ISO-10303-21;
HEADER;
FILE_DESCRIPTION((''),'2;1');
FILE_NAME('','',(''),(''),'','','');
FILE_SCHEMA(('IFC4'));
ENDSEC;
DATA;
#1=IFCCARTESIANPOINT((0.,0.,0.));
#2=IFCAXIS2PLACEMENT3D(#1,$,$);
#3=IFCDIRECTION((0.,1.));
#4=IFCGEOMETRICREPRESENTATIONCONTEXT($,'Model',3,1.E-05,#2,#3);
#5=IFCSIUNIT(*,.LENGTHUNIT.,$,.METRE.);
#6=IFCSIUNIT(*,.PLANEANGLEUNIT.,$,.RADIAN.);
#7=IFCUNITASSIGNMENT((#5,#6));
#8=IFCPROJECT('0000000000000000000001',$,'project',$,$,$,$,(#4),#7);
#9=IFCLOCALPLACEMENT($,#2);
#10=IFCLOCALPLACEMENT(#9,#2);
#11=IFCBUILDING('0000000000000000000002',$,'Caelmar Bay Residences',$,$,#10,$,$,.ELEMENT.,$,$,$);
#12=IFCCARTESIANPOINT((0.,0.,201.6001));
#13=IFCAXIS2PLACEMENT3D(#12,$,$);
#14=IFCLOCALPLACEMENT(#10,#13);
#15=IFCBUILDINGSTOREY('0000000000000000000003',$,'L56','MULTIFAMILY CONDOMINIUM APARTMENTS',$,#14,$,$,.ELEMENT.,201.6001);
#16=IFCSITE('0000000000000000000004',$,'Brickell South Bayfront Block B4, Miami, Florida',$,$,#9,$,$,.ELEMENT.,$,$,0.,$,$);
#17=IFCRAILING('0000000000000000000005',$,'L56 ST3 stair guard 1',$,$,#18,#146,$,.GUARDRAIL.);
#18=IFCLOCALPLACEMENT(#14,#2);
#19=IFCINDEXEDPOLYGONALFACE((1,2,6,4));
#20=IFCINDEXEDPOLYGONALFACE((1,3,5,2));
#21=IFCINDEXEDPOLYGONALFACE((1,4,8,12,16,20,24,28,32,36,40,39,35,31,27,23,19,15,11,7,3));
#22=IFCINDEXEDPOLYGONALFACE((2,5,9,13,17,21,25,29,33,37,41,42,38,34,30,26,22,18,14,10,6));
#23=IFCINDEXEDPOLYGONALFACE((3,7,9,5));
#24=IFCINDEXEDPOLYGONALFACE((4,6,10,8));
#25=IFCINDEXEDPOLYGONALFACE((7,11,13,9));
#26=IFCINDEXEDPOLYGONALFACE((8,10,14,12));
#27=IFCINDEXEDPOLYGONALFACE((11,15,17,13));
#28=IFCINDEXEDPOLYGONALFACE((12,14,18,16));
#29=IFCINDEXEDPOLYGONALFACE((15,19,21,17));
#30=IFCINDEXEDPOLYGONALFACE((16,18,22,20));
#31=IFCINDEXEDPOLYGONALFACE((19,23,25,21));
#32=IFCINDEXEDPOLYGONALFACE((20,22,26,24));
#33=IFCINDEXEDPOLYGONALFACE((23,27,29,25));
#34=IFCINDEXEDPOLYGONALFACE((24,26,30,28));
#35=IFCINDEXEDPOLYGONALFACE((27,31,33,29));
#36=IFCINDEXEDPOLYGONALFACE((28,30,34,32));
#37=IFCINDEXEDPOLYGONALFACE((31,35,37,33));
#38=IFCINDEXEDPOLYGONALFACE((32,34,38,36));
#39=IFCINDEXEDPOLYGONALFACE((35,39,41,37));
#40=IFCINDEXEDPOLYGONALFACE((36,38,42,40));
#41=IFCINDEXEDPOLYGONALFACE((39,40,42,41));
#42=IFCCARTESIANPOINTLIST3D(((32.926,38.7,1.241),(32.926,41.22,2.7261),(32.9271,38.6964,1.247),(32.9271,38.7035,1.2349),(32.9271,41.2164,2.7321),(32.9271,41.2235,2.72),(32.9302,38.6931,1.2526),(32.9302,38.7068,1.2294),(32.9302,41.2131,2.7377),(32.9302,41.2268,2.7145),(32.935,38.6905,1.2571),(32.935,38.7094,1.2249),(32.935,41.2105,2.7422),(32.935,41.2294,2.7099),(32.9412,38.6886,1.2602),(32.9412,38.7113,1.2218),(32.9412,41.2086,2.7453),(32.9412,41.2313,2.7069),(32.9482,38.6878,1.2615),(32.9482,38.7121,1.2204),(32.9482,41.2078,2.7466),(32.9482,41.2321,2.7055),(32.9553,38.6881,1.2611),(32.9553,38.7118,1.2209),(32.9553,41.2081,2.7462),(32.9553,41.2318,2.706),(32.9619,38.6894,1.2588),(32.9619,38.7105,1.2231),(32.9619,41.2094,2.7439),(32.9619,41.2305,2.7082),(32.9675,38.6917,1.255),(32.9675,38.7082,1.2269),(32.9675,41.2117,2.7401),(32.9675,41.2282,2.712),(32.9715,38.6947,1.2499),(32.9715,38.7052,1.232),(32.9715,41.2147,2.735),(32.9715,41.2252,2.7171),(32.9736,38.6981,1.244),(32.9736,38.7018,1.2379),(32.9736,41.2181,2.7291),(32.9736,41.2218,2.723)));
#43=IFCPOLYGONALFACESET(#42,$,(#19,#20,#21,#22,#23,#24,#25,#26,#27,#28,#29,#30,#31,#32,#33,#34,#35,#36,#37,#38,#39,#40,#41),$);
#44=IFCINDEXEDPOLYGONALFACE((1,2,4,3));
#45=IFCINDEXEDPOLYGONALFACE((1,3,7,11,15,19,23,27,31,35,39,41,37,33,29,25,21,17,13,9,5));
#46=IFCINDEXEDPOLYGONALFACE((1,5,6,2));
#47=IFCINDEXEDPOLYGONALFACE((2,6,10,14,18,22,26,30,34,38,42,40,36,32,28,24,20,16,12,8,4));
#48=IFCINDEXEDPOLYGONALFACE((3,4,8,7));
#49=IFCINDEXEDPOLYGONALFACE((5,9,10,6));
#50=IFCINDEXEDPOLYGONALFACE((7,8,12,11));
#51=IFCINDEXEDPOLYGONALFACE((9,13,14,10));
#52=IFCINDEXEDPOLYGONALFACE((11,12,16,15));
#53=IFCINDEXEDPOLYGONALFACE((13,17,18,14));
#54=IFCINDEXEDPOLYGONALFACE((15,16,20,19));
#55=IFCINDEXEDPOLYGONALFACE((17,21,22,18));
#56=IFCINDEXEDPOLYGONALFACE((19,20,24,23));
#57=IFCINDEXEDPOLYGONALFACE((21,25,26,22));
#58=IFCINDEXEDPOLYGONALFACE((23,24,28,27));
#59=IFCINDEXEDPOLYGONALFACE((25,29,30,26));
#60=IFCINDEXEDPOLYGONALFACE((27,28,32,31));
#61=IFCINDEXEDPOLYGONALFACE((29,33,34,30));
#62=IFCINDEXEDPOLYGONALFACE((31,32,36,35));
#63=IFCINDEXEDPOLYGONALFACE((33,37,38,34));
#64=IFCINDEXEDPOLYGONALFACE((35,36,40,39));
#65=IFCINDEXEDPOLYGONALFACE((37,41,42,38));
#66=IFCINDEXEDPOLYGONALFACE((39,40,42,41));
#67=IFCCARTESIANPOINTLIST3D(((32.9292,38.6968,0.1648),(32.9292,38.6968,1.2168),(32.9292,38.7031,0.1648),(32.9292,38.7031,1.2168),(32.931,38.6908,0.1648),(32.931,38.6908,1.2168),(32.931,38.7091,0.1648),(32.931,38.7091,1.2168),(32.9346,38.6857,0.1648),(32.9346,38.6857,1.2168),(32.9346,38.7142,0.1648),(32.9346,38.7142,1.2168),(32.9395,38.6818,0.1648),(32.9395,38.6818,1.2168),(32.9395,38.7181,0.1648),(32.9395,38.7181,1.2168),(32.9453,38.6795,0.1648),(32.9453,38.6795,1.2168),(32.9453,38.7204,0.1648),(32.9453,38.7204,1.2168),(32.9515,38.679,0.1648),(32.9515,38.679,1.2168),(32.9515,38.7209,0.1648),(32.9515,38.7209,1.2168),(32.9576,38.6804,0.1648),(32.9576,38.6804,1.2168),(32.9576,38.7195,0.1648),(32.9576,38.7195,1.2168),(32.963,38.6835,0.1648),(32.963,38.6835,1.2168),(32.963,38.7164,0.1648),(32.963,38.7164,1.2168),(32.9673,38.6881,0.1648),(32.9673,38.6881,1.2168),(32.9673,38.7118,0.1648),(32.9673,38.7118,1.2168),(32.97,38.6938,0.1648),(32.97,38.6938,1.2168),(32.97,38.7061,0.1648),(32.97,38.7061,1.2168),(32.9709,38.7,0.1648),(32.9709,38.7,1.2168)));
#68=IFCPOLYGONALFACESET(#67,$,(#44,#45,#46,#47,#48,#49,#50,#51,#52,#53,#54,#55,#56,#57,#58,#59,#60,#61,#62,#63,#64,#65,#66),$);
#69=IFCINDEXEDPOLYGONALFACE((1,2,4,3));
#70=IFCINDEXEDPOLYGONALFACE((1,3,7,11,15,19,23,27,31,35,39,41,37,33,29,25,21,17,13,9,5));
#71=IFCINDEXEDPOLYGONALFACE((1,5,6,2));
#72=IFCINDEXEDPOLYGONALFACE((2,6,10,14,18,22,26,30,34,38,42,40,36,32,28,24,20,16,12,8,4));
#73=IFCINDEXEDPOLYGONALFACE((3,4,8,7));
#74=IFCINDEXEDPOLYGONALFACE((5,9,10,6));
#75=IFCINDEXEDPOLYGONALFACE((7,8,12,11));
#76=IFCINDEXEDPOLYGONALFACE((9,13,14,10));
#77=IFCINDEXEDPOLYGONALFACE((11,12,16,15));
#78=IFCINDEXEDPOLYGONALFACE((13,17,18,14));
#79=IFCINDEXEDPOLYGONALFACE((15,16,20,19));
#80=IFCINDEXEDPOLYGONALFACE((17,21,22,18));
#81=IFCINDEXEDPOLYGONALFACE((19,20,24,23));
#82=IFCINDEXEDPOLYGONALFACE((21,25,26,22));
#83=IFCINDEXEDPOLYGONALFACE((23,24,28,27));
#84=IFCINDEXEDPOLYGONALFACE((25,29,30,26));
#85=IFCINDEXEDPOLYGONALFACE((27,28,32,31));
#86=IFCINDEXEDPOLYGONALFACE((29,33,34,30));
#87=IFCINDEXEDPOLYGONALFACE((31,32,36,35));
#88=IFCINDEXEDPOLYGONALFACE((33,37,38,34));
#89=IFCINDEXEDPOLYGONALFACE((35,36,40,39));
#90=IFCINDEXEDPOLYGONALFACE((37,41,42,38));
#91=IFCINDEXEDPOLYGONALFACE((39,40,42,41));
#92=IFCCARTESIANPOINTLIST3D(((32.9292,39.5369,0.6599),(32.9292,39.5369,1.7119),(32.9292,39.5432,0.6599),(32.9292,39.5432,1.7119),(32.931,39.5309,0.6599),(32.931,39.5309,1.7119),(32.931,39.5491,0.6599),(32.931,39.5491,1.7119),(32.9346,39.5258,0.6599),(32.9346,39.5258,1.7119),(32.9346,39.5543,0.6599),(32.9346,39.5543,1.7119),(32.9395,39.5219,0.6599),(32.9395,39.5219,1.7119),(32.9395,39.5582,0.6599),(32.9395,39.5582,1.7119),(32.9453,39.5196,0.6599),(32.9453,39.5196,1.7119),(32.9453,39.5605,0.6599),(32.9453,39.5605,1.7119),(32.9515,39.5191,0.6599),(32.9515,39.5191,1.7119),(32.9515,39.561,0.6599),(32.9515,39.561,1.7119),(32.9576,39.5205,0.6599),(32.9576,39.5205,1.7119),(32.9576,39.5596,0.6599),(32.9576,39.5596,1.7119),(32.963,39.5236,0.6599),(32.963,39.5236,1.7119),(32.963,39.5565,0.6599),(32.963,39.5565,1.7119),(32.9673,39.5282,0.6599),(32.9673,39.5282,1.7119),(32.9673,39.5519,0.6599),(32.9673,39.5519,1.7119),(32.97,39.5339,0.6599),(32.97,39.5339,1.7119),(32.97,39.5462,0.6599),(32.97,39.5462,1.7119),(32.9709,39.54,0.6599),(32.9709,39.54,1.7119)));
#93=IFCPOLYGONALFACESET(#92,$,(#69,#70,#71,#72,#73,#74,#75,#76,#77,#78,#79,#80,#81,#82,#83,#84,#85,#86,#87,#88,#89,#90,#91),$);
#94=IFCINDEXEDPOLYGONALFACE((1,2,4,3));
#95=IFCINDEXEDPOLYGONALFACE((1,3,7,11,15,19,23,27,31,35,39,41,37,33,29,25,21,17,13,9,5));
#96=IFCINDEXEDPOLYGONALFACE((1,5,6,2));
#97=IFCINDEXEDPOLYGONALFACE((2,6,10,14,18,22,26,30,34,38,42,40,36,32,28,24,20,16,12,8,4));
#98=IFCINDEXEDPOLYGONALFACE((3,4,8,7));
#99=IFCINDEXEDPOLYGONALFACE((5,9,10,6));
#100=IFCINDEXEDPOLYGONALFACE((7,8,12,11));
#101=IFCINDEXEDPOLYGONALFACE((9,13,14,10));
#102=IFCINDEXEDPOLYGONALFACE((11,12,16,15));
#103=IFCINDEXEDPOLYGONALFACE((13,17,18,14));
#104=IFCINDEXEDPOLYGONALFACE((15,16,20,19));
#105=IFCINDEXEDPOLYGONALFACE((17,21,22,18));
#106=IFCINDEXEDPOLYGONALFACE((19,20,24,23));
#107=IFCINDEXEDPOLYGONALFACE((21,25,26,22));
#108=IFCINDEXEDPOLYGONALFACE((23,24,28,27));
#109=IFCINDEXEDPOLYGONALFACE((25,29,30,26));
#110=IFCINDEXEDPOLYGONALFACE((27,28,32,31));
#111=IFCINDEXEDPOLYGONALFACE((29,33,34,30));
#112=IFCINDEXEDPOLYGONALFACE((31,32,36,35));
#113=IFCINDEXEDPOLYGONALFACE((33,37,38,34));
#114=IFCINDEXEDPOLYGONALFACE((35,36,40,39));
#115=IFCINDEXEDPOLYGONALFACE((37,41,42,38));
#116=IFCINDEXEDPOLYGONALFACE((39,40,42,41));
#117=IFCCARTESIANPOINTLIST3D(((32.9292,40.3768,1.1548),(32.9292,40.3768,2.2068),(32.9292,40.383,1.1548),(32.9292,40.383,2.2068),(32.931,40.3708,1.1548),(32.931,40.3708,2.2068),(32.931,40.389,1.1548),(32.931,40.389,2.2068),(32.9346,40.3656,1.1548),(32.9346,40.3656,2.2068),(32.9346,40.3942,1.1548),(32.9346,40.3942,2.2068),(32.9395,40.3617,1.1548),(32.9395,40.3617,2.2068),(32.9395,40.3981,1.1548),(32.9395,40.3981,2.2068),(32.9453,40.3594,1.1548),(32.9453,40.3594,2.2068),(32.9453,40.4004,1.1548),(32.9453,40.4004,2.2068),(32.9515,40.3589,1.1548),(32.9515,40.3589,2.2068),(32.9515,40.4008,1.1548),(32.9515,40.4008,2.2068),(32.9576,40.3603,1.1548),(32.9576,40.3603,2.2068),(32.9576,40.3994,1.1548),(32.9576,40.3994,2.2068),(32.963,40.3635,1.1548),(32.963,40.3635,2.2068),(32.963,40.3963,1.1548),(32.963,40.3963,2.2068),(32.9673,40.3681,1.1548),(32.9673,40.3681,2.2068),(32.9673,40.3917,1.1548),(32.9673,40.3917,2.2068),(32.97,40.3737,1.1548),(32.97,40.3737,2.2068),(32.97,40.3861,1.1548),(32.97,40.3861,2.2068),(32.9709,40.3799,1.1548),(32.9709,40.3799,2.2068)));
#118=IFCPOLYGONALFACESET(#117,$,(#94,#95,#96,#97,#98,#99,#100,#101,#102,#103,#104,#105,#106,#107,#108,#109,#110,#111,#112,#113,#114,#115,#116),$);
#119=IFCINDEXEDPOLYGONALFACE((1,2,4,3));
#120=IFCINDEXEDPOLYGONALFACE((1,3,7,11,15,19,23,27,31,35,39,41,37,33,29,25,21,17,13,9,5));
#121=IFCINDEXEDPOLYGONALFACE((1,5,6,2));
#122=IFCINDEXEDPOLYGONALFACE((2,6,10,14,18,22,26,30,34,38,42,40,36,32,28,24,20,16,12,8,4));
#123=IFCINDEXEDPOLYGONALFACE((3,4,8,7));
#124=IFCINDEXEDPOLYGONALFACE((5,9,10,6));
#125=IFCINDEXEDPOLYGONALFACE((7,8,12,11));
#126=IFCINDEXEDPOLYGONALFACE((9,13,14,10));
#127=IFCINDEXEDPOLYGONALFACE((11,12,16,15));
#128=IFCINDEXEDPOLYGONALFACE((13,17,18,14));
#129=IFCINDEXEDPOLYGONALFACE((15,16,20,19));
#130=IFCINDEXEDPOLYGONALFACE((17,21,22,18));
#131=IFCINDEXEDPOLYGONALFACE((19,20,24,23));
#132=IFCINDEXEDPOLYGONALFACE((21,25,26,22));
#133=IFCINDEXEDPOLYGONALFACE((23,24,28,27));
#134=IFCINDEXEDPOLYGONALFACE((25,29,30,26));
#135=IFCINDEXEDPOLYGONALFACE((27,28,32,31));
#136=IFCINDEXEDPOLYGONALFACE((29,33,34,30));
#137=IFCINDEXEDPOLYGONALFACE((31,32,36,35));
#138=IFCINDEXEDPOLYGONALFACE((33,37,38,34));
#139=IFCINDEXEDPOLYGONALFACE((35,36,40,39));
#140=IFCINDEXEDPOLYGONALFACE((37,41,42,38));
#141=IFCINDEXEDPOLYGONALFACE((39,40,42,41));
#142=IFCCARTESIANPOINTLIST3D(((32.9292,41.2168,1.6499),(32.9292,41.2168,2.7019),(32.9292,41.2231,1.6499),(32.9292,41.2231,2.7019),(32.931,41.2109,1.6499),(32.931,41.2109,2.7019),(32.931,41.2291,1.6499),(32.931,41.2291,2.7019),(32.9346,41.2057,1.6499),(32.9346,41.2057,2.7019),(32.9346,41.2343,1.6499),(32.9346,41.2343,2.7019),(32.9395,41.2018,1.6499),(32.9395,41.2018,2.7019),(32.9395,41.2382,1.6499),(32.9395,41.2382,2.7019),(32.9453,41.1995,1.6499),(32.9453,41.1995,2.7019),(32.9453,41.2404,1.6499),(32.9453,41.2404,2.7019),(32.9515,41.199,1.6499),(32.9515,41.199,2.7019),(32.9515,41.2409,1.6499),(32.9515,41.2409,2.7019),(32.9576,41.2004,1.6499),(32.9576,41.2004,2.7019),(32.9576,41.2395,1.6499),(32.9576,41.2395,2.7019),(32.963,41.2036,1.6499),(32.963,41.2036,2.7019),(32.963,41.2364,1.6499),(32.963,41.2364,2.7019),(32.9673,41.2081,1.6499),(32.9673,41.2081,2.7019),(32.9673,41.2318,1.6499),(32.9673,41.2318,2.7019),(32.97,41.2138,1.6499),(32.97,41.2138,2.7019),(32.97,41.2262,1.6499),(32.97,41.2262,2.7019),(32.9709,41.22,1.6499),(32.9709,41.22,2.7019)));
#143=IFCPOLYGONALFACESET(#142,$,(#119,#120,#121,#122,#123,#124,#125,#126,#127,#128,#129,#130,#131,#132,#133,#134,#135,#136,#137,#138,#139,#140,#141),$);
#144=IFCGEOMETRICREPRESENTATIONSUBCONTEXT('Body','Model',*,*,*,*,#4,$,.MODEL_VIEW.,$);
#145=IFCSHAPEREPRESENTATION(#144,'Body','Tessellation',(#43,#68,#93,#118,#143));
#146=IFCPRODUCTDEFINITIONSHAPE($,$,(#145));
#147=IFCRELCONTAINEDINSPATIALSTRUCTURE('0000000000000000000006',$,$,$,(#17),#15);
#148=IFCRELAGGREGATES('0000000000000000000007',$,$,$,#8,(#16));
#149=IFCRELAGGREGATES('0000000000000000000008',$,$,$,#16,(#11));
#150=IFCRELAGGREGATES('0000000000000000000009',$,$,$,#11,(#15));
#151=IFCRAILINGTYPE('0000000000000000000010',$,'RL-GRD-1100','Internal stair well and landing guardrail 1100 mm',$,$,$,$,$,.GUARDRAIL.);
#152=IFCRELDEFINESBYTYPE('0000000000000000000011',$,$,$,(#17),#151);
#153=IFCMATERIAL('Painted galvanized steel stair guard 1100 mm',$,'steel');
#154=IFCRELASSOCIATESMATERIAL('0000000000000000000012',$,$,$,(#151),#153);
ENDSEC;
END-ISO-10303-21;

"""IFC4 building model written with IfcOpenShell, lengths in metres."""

from ifc_helpers import new_model, si_unit, direction, frame, origin, origin_2d, place, context, subcontext, project, spatial, circle, extrude, material, type_object, element, save


model = new_model("IFC4")

# Units and contexts
model_context = context("Model", 3, precision=1e-05, world=origin(), true_north=direction((0.0, 1.0)))
body_context = subcontext(model_context, "Body", "Model", "MODEL_VIEW")
ifc_project = project(units=[si_unit("LENGTHUNIT", "METRE"), si_unit("PLANEANGLEUNIT", "RADIAN")], contexts=[model_context])

# Site, building, storey
site_placement = place(None, origin())
site = spatial("IfcSite", under=ifc_project, at=site_placement, Name="Brickell South Bayfront Block B4, Miami, Florida", CompositionType="ELEMENT", RefElevation=0.0)
building_placement = place(site_placement, origin())
building = spatial("IfcBuilding", under=site, at=building_placement, Name="Caelmar Bay Residences", CompositionType="ELEMENT")
storey_placement = place(building_placement, frame((0.0, 0.0, 201.6001)))
storey = spatial("IfcBuildingStorey", under=building, at=storey_placement, Name="L56", Description="MULTIFAMILY CONDOMINIUM APARTMENTS", CompositionType="ELEMENT", Elevation=201.6001)

# Railing
ifc_material_1 = material(Name="Painted galvanized steel stair guard 1100 mm", Category="steel")
railing_type_1 = type_object("IfcRailingType", Name="RL-GRD-1100", Description="Internal stair well and landing guardrail 1100 mm", PredefinedType="GUARDRAIL", material=ifc_material_1)
railing_1_placement = place(storey_placement, frame((32.95, 38.7, 0.1648)))
element("IfcRailing", 1, at=railing_1_placement, inside=storey, type_object=railing_type_1, Name="L56 ST3 stair guard 1", PredefinedType="GUARDRAIL", context=body_context, shape_type="SweptSolid", body=[
    extrude(circle(Radius=0.0239, at=origin_2d()), frame((0.0, 0.0, 1.0762), z_axis=(0.0, 0.861524, 0.507717), x_axis=(-1.0, 0.0, 0.0)), (0.0, 0.0, 1.0), 2.925),
    extrude(circle(Radius=0.021, at=origin_2d()), origin(), (0.0, 0.0, 1.0), 1.052),
    extrude(circle(Radius=0.021, at=origin_2d()), frame((0.0, 0.8401, 0.4951)), (0.0, 0.0, 1.0), 1.052),
    extrude(circle(Radius=0.021, at=origin_2d()), frame((0.0, 1.6799, 0.99)), (0.0, 0.0, 1.0), 1.052),
    extrude(circle(Radius=0.021, at=origin_2d()), frame((0.0, 2.52, 1.4851)), (0.0, 0.0, 1.0), 1.052),
])

save(model, "model.ifc")
